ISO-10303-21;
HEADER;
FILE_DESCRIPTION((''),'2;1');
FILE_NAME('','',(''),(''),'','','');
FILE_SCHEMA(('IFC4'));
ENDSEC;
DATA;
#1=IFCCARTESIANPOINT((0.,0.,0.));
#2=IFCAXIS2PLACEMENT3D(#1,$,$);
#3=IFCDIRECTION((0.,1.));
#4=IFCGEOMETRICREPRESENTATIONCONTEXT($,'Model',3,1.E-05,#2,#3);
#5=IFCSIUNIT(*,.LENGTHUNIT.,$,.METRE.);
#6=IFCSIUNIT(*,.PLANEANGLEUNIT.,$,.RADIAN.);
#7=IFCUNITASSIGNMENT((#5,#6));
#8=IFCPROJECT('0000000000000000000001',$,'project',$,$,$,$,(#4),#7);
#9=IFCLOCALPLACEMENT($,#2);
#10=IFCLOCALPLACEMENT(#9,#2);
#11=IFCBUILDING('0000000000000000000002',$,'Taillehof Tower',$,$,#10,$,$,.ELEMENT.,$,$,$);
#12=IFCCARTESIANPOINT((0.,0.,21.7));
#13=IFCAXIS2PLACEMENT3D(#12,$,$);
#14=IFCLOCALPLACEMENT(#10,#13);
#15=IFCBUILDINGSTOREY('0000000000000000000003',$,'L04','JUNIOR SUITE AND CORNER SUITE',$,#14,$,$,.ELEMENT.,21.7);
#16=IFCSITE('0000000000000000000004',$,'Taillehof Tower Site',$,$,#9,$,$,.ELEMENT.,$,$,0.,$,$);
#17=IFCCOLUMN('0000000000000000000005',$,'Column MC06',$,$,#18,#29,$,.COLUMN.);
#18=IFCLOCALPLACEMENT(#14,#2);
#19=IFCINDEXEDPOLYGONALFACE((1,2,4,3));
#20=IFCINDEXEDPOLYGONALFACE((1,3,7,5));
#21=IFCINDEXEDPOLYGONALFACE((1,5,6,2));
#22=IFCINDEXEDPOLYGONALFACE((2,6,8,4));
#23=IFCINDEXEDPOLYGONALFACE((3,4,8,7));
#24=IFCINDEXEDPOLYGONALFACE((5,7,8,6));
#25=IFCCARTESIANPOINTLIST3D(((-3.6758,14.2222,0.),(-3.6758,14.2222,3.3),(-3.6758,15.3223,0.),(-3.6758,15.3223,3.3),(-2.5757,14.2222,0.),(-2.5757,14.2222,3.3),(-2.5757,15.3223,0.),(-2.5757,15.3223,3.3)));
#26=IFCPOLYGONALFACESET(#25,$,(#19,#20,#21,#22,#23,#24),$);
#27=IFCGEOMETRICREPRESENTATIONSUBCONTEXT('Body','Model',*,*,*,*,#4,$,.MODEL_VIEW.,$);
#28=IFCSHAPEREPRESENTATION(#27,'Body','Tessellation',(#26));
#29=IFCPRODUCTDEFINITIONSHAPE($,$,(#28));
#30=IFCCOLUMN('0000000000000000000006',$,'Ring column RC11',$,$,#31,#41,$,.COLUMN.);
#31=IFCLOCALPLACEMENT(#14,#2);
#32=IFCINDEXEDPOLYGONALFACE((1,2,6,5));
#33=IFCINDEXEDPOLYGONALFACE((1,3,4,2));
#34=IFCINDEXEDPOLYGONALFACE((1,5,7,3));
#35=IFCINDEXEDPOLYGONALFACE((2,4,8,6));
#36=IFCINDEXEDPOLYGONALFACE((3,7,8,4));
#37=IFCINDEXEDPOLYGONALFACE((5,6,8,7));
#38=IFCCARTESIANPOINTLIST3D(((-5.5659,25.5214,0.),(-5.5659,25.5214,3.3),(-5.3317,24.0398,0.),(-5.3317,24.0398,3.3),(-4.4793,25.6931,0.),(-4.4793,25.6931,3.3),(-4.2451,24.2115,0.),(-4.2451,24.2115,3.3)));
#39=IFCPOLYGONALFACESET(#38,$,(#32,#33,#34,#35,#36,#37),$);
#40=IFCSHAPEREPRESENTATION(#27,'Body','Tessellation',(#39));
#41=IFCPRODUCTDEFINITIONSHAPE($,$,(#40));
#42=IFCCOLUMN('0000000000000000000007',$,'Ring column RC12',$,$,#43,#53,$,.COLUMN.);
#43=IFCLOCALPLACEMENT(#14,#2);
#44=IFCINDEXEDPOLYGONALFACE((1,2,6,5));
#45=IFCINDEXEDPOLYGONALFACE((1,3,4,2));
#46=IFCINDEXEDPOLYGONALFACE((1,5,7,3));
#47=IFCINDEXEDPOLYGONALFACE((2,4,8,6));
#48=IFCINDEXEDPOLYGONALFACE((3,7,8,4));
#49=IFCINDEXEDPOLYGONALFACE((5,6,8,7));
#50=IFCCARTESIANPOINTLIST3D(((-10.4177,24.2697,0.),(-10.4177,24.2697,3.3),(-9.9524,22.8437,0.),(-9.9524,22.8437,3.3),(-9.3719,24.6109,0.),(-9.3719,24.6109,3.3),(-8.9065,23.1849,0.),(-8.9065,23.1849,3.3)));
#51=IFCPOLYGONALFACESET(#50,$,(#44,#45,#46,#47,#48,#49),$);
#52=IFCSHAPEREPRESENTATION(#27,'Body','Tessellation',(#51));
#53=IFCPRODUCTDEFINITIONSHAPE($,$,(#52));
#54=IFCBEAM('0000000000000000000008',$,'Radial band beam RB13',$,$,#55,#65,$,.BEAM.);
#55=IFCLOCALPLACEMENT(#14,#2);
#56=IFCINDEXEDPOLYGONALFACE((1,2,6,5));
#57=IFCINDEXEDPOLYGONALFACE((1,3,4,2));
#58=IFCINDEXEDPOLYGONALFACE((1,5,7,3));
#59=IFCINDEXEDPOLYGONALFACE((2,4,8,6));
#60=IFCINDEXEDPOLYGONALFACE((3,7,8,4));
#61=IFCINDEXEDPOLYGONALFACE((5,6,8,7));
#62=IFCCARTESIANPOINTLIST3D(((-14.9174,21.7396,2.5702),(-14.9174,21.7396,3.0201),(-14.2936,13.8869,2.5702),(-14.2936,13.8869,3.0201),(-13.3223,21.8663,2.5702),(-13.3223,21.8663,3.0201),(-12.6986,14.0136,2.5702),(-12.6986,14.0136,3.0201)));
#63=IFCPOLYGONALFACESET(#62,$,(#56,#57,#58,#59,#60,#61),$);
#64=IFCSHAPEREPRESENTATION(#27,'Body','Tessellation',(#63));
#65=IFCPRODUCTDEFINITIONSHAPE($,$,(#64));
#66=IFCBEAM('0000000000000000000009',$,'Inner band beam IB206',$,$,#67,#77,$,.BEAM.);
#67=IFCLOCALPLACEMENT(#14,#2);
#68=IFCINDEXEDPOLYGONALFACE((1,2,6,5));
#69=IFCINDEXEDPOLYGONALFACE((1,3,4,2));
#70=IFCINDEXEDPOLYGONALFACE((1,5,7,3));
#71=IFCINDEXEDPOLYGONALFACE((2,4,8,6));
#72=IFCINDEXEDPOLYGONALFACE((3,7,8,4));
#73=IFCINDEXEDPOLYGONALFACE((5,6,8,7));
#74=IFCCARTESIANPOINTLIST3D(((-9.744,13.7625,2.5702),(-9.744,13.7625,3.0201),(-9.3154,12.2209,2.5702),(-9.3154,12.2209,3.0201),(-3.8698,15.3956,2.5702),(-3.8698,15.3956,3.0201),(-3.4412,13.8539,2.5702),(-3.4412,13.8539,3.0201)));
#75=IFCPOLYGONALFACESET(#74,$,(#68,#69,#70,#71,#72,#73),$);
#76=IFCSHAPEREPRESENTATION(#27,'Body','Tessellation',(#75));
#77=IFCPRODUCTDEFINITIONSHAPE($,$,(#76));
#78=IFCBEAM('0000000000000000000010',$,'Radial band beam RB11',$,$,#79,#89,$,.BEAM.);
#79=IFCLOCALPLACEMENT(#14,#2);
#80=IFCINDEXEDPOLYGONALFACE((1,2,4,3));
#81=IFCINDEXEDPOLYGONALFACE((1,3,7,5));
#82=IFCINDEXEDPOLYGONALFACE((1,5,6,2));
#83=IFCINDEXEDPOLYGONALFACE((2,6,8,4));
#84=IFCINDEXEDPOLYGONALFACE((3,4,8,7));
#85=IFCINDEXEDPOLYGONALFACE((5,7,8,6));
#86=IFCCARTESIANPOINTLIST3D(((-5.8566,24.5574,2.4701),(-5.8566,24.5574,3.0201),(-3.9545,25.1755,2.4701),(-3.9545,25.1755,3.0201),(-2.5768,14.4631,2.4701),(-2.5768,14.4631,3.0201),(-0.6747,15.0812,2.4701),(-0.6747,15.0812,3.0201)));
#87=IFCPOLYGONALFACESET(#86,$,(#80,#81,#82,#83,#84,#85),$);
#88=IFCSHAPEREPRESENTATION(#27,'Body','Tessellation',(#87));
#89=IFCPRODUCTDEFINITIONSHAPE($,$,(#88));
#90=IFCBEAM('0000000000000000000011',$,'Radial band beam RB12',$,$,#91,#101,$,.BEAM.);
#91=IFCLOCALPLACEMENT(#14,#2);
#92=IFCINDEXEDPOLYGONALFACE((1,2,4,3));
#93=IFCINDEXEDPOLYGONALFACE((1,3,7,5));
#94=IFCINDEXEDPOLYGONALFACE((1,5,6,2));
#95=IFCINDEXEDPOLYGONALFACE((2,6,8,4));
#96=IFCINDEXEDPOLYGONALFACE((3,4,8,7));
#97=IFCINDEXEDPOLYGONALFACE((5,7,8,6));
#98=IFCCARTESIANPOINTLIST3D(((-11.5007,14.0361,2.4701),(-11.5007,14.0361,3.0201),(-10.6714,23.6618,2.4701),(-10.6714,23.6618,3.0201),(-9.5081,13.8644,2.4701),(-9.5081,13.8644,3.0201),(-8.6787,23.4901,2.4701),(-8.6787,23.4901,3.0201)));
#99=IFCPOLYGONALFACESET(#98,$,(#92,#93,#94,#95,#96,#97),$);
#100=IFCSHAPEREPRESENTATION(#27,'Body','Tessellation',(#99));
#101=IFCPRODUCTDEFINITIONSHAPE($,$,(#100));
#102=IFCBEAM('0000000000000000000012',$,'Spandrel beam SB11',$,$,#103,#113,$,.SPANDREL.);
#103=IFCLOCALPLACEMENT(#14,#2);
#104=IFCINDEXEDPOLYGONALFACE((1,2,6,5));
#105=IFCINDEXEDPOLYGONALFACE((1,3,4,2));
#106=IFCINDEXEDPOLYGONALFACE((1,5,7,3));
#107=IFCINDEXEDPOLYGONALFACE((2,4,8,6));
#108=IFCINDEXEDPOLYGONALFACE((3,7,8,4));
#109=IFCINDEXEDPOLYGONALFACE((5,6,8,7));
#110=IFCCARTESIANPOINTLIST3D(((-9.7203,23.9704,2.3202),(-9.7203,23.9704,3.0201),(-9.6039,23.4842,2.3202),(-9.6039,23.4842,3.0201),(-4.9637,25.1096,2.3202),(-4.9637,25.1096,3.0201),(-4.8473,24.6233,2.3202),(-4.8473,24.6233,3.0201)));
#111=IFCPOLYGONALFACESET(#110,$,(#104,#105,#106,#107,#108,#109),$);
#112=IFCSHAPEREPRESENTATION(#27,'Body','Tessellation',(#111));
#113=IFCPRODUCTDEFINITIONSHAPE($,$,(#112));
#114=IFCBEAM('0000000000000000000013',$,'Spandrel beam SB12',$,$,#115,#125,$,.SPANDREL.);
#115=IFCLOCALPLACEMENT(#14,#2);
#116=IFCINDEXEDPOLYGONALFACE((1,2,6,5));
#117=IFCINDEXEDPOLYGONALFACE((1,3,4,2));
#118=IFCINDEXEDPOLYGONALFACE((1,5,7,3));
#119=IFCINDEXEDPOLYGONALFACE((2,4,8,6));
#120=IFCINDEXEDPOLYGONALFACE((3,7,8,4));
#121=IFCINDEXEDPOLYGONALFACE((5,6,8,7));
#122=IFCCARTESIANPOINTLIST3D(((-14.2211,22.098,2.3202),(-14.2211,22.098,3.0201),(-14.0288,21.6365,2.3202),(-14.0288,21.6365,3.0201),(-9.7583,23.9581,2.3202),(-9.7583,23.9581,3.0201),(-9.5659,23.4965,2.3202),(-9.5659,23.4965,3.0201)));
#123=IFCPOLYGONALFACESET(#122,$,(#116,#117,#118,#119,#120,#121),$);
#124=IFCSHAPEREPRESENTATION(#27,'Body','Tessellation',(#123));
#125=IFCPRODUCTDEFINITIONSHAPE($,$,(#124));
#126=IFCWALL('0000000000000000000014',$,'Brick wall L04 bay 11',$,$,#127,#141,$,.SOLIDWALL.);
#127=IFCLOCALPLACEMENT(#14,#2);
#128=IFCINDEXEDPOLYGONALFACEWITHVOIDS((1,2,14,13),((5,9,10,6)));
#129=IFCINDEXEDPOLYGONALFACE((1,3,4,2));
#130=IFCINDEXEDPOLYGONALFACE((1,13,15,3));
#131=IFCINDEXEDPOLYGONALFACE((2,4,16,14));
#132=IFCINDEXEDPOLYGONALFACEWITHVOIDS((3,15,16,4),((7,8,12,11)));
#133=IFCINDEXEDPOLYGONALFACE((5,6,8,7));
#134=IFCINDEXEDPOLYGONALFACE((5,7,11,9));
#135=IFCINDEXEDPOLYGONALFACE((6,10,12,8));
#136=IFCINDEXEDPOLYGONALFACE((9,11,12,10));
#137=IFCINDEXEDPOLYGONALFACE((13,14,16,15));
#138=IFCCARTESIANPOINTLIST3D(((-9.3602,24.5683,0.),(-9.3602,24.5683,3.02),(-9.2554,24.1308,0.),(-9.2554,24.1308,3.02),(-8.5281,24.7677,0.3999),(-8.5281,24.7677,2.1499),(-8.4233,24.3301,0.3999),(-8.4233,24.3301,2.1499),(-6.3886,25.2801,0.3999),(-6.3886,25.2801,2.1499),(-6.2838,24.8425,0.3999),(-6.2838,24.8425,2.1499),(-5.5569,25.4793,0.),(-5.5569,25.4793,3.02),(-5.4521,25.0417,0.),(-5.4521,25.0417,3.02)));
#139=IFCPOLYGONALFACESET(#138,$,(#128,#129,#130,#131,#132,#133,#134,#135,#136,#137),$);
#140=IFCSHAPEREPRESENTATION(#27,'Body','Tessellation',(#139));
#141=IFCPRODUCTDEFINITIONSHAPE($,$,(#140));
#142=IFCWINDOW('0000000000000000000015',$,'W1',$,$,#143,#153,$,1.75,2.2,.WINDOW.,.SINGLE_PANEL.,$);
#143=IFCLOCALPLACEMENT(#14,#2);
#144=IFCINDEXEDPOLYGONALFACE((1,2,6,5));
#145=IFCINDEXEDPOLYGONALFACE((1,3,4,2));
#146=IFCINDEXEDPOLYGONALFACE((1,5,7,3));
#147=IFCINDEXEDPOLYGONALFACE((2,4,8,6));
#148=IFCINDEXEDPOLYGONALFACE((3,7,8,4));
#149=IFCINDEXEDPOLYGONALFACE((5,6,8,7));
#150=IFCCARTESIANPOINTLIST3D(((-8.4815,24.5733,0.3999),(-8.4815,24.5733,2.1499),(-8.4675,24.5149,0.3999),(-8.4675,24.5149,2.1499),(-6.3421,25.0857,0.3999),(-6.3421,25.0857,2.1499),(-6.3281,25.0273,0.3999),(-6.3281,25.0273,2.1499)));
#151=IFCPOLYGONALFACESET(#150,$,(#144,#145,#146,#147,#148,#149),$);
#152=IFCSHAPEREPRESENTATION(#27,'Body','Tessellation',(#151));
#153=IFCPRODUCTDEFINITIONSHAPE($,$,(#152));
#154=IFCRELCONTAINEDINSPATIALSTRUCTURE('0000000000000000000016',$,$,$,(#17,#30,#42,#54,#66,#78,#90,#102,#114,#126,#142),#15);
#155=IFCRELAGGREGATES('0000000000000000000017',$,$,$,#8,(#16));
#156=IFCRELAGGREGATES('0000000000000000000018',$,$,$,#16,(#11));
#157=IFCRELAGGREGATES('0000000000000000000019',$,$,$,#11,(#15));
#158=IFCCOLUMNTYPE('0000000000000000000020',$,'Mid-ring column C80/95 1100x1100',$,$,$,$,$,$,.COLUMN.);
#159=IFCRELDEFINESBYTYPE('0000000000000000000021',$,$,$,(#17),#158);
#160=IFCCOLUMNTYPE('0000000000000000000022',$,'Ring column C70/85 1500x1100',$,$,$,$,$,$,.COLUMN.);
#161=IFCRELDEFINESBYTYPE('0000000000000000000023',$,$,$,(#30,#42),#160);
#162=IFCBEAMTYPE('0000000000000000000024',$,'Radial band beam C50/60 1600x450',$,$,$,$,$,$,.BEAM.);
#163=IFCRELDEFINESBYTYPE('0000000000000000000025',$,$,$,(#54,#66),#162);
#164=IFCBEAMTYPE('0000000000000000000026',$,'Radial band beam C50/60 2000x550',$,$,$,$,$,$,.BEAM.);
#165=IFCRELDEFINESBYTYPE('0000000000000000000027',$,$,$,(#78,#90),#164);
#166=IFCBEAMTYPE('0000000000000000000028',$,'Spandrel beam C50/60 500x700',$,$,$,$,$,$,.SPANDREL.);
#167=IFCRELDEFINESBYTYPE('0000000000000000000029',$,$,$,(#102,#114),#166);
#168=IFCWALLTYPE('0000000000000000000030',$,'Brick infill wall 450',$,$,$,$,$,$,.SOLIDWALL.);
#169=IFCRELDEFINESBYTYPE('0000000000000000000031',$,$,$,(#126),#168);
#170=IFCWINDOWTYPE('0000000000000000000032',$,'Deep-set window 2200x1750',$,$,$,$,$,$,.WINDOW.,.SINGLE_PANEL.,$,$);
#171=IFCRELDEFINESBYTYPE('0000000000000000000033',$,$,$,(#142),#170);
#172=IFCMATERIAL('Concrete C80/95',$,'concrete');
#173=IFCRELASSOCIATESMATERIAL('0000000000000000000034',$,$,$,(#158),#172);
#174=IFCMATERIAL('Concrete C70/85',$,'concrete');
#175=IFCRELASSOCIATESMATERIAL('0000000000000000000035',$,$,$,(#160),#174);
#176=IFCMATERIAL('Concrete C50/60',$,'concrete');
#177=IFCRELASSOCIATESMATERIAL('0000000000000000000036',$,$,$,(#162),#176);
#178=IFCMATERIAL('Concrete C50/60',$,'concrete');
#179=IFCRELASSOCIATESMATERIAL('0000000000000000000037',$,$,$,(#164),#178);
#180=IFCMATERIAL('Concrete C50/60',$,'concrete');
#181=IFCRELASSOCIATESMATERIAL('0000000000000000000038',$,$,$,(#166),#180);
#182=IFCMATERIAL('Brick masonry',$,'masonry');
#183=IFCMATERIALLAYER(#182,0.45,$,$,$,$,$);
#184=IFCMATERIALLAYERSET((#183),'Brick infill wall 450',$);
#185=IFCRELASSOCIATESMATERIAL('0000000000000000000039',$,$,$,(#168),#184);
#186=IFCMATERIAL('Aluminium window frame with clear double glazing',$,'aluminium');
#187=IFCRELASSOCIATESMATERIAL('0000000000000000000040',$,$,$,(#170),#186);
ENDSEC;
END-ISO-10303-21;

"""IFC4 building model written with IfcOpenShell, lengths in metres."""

from ifc_helpers import new_model, si_unit, direction, frame, frame_2d, origin, origin_2d, place, context, subcontext, project, spatial, rectangle, extrude, material, layer, layer_set, material_profile, profile_set, type_object, element, fill, save


model = new_model("IFC4")

# Units and contexts
model_context = context("Model", 3, precision=1e-05, world=origin(), true_north=direction((0.0, 1.0)))
body_context = subcontext(model_context, "Body", "Model", "MODEL_VIEW")
ifc_project = project(units=[si_unit("LENGTHUNIT", "METRE"), si_unit("PLANEANGLEUNIT", "RADIAN")], contexts=[model_context])

# Site, building, storey
site_placement = place(None, origin())
site = spatial("IfcSite", under=ifc_project, at=site_placement, Name="Taillehof Tower Site", CompositionType="ELEMENT", RefElevation=0.0)
building_placement = place(site_placement, origin())
building = spatial("IfcBuilding", under=site, at=building_placement, Name="Taillehof Tower", CompositionType="ELEMENT")
storey_placement = place(building_placement, frame((0.0, 0.0, 21.7)))
storey = spatial("IfcBuildingStorey", under=building, at=storey_placement, Name="L04", Description="JUNIOR SUITE AND CORNER SUITE", CompositionType="ELEMENT", Elevation=21.7)

# Columns
ifc_material_1 = material(Name="Concrete C80/95", Category="concrete")
ifc_material_profile_1 = material_profile(ifc_material_1, rectangle(XDim=1.1001, YDim=1.1001, at=origin_2d()), Name="RC 1100x1100")
ifc_profile_set_1 = profile_set([ifc_material_profile_1], Name="Concrete C80/95")
column_type_1 = type_object("IfcColumnType", Name="Mid-ring column C80/95 1100x1100", PredefinedType="COLUMN", material=ifc_profile_set_1)
column_placement = place(storey_placement, frame((-3.1257, 14.7722, 0.0), z_axis=(0.0, 0.0, 1.0), x_axis=(1.0, 0.0, 0.0)))
element("IfcColumn", 1, at=column_placement, inside=storey, type_object=column_type_1, Name="Column MC06", PredefinedType="COLUMN", context=body_context, shape_type="SweptSolid", body=[
    extrude(rectangle(XDim=1.1001, YDim=1.1001, at=origin_2d()), origin(), (0.0, 0.0, 1.0), 3.3),
])
ifc_material_2 = material(Name="Concrete C70/85", Category="concrete")
ifc_material_profile_2 = material_profile(ifc_material_2, rectangle(XDim=1.5, YDim=1.1001, at=origin_2d()), Name="RC 1500x1100")
ifc_profile_set_2 = profile_set([ifc_material_profile_2], Name="Concrete C70/85")
column_type_2 = type_object("IfcColumnType", Name="Ring column C70/85 1500x1100", PredefinedType="COLUMN", material=ifc_profile_set_2)
for number, where, z_axis, x_axis, name in (
    (2, (-4.9055, 24.8665, 0.0), (0.0, 0.0, 1.0), (-0.156147, 0.987734, 0.0), "Ring column RC11"),
    (3, (-9.6621, 23.7273, 0.0), (0.0, 0.0, 1.0), (-0.310219, 0.950665, 0.0), "Ring column RC12"),
):
    element("IfcColumn", number, at=place(storey_placement, frame(where, z_axis=z_axis, x_axis=x_axis)), inside=storey, type_object=column_type_2, Name=name, PredefinedType="COLUMN", context=body_context, shape_type="SweptSolid", body=[
        extrude(rectangle(XDim=1.5, YDim=1.1001, at=origin_2d()), origin(), (0.0, 0.0, 1.0), 3.3),
    ])

# Beams
ifc_material_3 = material(Name="Concrete C50/60", Category="concrete")
ifc_material_profile_3 = material_profile(ifc_material_3, rectangle(XDim=1.6001, YDim=0.45, at=origin_2d()), Name="RC 1600x450")
ifc_profile_set_3 = profile_set([ifc_material_profile_3], Name="Concrete C50/60")
beam_type_1 = type_object("IfcBeamType", Name="Radial band beam C50/60 1600x450", PredefinedType="BEAM", material=ifc_profile_set_3)
beam_1_placement = place(storey_placement, frame((-14.1199, 21.803, 2.7952), z_axis=(0.079185, -0.99686, 0.0), x_axis=(0.99686, 0.079185, 0.0)))
element("IfcBeam", 4, at=beam_1_placement, inside=storey, type_object=beam_type_1, Name="Radial band beam RB13", PredefinedType="BEAM", context=body_context, shape_type="SweptSolid", body=[
    extrude(rectangle(XDim=1.6001, YDim=0.45, at=origin_2d()), origin(), (0.0, 0.0, 1.0), 7.8774),
])
beam_2_placement = place(storey_placement, frame((-3.6555, 14.6248, 2.7952), z_axis=(-0.963459, -0.267855, 0.0), x_axis=(0.267855, -0.963459, 0.0)))
element("IfcBeam", 5, at=beam_2_placement, inside=storey, type_object=beam_type_1, Name="Inner band beam IB206", PredefinedType="BEAM", context=body_context, shape_type="SweptSolid", body=[
    extrude(rectangle(XDim=1.6001, YDim=0.45, at=origin_2d()), origin(), (0.0, 0.0, 1.0), 6.0969),
])
ifc_material_4 = material(Name="Concrete C50/60", Category="concrete")
ifc_material_profile_4 = material_profile(ifc_material_4, rectangle(XDim=2.0, YDim=0.55, at=origin_2d()), Name="RC 2000x550")
ifc_profile_set_4 = profile_set([ifc_material_profile_4], Name="Concrete C50/60")
beam_type_2 = type_object("IfcBeamType", Name="Radial band beam C50/60 2000x550", PredefinedType="BEAM", material=ifc_profile_set_4)
beam_3_placement = place(storey_placement, frame((-4.9055, 24.8665, 2.7451), z_axis=(0.309014, -0.951057, 0.0), x_axis=(0.951057, 0.309014, 0.0)))
element("IfcBeam", 6, at=beam_3_placement, inside=storey, type_object=beam_type_2, Name="Radial band beam RB11", PredefinedType="BEAM", context=body_context, shape_type="SweptSolid", body=[
    extrude(rectangle(XDim=2.0, YDim=0.55, at=origin_2d()), origin(), (0.0, 0.0, 1.0), 10.6138),
])
beam_4_placement = place(storey_placement, frame((-9.675, 23.5759, 2.7451), z_axis=(-0.085841, -0.996309, 0.0), x_axis=(0.996309, -0.085841, 0.0)))
element("IfcBeam", 7, at=beam_4_placement, inside=storey, type_object=beam_type_2, Name="Radial band beam RB12", PredefinedType="BEAM", context=body_context, shape_type="SweptSolid", body=[
    extrude(rectangle(XDim=2.0, YDim=0.55, at=origin_2d()), origin(), (0.0, 0.0, 1.0), 9.6614),
])
ifc_material_5 = material(Name="Concrete C50/60", Category="concrete")
ifc_material_profile_5 = material_profile(ifc_material_5, rectangle(XDim=0.5, YDim=0.7, at=origin_2d()), Name="RC 500x700")
ifc_profile_set_5 = profile_set([ifc_material_profile_5], Name="Concrete C50/60")
beam_type_3 = type_object("IfcBeamType", Name="Spandrel beam C50/60 500x700", PredefinedType="SPANDREL", material=ifc_profile_set_5)
beam_5_placement = place(storey_placement, frame((-4.9055, 24.8665, 2.6702), z_axis=(-0.9725, -0.232905, 0.0), x_axis=(0.232905, -0.9725, 0.0)))
element("IfcBeam", 8, at=beam_5_placement, inside=storey, type_object=beam_type_3, Name="Spandrel beam SB11", PredefinedType="SPANDREL", context=body_context, shape_type="SweptSolid", body=[
    extrude(rectangle(XDim=0.5, YDim=0.7, at=origin_2d()), origin(), (0.0, 0.0, 1.0), 4.8911),
])
beam_6_placement = place(storey_placement, frame((-9.6621, 23.7273, 2.6702), z_axis=(-0.923035, -0.384716, 0.0), x_axis=(0.384716, -0.923035, 0.0)))
element("IfcBeam", 9, at=beam_6_placement, inside=storey, type_object=beam_type_3, Name="Spandrel beam SB12", PredefinedType="SPANDREL", context=body_context, shape_type="SweptSolid", body=[
    extrude(rectangle(XDim=0.5, YDim=0.7, at=origin_2d()), origin(), (0.0, 0.0, 1.0), 4.835),
])

# Wall, opening, window
ifc_material_6 = material(Name="Brick masonry", Category="masonry")
ifc_layer_1 = layer(ifc_material_6, 0.45)
ifc_layer_set_1 = layer_set([ifc_layer_1], Name="Brick infill wall 450")
wall_type_1 = type_object("IfcWallType", Name="Brick infill wall 450", PredefinedType="SOLIDWALL", material=ifc_layer_set_1)
wall_1_placement = place(storey_placement, frame((-5.5044, 25.2605, 0.0), z_axis=(0.0, 0.0, 1.0), x_axis=(-0.972497, -0.232917, 0.0)))
wall_1 = element("IfcWall", 10, at=wall_1_placement, inside=storey, type_object=wall_type_1, Name="Brick wall L04 bay 11", PredefinedType="SOLIDWALL", context=body_context, shape_type="SweptSolid", body=[
    extrude(rectangle(XDim=3.9109, YDim=0.45, at=frame_2d((1.9556, 0.0))), origin(), (0.0, 0.0, 1.0), 3.02),
])
opening_1_placement = place(wall_1_placement, frame((0.8552, 0.0, 0.3999)))
opening_1 = element("IfcOpeningElement", 11, at=opening_1_placement, cuts=wall_1, PredefinedType="OPENING", context=body_context, shape_type="SweptSolid", body=[
    extrude(rectangle(XDim=2.2, YDim=1.75, at=frame_2d((1.1001, 0.875))), frame((0.0, 0.2349, 0.0), z_axis=(0.0, -1.0, 0.0), x_axis=(1.0, 0.0, 0.0)), (0.0, 0.0, 1.0), 0.47),
])
ifc_material_7 = material(Name="Aluminium window frame with clear double glazing", Category="aluminium")
window_type = type_object("IfcWindowType", Name="Deep-set window 2200x1750", PartitioningType="SINGLE_PANEL", PredefinedType="WINDOW", material=ifc_material_7)
window_1_placement = place(opening_1_placement, origin())
window_1 = element("IfcWindow", 12, at=window_1_placement, inside=storey, type_object=window_type, Name="W1", OverallHeight=1.75, OverallWidth=2.2, PartitioningType="SINGLE_PANEL", PredefinedType="WINDOW", context=body_context, shape_type="SweptSolid", body=[
    extrude(rectangle(XDim=2.2, YDim=1.75, at=frame_2d((1.1001, 0.875))), frame((0.0, 0.0349, 0.0), z_axis=(0.0, -1.0, 0.0), x_axis=(1.0, 0.0, 0.0)), (0.0, 0.0, 1.0), 0.0601),
])
fill(opening_1, window_1)

save(model, "model.ifc")
